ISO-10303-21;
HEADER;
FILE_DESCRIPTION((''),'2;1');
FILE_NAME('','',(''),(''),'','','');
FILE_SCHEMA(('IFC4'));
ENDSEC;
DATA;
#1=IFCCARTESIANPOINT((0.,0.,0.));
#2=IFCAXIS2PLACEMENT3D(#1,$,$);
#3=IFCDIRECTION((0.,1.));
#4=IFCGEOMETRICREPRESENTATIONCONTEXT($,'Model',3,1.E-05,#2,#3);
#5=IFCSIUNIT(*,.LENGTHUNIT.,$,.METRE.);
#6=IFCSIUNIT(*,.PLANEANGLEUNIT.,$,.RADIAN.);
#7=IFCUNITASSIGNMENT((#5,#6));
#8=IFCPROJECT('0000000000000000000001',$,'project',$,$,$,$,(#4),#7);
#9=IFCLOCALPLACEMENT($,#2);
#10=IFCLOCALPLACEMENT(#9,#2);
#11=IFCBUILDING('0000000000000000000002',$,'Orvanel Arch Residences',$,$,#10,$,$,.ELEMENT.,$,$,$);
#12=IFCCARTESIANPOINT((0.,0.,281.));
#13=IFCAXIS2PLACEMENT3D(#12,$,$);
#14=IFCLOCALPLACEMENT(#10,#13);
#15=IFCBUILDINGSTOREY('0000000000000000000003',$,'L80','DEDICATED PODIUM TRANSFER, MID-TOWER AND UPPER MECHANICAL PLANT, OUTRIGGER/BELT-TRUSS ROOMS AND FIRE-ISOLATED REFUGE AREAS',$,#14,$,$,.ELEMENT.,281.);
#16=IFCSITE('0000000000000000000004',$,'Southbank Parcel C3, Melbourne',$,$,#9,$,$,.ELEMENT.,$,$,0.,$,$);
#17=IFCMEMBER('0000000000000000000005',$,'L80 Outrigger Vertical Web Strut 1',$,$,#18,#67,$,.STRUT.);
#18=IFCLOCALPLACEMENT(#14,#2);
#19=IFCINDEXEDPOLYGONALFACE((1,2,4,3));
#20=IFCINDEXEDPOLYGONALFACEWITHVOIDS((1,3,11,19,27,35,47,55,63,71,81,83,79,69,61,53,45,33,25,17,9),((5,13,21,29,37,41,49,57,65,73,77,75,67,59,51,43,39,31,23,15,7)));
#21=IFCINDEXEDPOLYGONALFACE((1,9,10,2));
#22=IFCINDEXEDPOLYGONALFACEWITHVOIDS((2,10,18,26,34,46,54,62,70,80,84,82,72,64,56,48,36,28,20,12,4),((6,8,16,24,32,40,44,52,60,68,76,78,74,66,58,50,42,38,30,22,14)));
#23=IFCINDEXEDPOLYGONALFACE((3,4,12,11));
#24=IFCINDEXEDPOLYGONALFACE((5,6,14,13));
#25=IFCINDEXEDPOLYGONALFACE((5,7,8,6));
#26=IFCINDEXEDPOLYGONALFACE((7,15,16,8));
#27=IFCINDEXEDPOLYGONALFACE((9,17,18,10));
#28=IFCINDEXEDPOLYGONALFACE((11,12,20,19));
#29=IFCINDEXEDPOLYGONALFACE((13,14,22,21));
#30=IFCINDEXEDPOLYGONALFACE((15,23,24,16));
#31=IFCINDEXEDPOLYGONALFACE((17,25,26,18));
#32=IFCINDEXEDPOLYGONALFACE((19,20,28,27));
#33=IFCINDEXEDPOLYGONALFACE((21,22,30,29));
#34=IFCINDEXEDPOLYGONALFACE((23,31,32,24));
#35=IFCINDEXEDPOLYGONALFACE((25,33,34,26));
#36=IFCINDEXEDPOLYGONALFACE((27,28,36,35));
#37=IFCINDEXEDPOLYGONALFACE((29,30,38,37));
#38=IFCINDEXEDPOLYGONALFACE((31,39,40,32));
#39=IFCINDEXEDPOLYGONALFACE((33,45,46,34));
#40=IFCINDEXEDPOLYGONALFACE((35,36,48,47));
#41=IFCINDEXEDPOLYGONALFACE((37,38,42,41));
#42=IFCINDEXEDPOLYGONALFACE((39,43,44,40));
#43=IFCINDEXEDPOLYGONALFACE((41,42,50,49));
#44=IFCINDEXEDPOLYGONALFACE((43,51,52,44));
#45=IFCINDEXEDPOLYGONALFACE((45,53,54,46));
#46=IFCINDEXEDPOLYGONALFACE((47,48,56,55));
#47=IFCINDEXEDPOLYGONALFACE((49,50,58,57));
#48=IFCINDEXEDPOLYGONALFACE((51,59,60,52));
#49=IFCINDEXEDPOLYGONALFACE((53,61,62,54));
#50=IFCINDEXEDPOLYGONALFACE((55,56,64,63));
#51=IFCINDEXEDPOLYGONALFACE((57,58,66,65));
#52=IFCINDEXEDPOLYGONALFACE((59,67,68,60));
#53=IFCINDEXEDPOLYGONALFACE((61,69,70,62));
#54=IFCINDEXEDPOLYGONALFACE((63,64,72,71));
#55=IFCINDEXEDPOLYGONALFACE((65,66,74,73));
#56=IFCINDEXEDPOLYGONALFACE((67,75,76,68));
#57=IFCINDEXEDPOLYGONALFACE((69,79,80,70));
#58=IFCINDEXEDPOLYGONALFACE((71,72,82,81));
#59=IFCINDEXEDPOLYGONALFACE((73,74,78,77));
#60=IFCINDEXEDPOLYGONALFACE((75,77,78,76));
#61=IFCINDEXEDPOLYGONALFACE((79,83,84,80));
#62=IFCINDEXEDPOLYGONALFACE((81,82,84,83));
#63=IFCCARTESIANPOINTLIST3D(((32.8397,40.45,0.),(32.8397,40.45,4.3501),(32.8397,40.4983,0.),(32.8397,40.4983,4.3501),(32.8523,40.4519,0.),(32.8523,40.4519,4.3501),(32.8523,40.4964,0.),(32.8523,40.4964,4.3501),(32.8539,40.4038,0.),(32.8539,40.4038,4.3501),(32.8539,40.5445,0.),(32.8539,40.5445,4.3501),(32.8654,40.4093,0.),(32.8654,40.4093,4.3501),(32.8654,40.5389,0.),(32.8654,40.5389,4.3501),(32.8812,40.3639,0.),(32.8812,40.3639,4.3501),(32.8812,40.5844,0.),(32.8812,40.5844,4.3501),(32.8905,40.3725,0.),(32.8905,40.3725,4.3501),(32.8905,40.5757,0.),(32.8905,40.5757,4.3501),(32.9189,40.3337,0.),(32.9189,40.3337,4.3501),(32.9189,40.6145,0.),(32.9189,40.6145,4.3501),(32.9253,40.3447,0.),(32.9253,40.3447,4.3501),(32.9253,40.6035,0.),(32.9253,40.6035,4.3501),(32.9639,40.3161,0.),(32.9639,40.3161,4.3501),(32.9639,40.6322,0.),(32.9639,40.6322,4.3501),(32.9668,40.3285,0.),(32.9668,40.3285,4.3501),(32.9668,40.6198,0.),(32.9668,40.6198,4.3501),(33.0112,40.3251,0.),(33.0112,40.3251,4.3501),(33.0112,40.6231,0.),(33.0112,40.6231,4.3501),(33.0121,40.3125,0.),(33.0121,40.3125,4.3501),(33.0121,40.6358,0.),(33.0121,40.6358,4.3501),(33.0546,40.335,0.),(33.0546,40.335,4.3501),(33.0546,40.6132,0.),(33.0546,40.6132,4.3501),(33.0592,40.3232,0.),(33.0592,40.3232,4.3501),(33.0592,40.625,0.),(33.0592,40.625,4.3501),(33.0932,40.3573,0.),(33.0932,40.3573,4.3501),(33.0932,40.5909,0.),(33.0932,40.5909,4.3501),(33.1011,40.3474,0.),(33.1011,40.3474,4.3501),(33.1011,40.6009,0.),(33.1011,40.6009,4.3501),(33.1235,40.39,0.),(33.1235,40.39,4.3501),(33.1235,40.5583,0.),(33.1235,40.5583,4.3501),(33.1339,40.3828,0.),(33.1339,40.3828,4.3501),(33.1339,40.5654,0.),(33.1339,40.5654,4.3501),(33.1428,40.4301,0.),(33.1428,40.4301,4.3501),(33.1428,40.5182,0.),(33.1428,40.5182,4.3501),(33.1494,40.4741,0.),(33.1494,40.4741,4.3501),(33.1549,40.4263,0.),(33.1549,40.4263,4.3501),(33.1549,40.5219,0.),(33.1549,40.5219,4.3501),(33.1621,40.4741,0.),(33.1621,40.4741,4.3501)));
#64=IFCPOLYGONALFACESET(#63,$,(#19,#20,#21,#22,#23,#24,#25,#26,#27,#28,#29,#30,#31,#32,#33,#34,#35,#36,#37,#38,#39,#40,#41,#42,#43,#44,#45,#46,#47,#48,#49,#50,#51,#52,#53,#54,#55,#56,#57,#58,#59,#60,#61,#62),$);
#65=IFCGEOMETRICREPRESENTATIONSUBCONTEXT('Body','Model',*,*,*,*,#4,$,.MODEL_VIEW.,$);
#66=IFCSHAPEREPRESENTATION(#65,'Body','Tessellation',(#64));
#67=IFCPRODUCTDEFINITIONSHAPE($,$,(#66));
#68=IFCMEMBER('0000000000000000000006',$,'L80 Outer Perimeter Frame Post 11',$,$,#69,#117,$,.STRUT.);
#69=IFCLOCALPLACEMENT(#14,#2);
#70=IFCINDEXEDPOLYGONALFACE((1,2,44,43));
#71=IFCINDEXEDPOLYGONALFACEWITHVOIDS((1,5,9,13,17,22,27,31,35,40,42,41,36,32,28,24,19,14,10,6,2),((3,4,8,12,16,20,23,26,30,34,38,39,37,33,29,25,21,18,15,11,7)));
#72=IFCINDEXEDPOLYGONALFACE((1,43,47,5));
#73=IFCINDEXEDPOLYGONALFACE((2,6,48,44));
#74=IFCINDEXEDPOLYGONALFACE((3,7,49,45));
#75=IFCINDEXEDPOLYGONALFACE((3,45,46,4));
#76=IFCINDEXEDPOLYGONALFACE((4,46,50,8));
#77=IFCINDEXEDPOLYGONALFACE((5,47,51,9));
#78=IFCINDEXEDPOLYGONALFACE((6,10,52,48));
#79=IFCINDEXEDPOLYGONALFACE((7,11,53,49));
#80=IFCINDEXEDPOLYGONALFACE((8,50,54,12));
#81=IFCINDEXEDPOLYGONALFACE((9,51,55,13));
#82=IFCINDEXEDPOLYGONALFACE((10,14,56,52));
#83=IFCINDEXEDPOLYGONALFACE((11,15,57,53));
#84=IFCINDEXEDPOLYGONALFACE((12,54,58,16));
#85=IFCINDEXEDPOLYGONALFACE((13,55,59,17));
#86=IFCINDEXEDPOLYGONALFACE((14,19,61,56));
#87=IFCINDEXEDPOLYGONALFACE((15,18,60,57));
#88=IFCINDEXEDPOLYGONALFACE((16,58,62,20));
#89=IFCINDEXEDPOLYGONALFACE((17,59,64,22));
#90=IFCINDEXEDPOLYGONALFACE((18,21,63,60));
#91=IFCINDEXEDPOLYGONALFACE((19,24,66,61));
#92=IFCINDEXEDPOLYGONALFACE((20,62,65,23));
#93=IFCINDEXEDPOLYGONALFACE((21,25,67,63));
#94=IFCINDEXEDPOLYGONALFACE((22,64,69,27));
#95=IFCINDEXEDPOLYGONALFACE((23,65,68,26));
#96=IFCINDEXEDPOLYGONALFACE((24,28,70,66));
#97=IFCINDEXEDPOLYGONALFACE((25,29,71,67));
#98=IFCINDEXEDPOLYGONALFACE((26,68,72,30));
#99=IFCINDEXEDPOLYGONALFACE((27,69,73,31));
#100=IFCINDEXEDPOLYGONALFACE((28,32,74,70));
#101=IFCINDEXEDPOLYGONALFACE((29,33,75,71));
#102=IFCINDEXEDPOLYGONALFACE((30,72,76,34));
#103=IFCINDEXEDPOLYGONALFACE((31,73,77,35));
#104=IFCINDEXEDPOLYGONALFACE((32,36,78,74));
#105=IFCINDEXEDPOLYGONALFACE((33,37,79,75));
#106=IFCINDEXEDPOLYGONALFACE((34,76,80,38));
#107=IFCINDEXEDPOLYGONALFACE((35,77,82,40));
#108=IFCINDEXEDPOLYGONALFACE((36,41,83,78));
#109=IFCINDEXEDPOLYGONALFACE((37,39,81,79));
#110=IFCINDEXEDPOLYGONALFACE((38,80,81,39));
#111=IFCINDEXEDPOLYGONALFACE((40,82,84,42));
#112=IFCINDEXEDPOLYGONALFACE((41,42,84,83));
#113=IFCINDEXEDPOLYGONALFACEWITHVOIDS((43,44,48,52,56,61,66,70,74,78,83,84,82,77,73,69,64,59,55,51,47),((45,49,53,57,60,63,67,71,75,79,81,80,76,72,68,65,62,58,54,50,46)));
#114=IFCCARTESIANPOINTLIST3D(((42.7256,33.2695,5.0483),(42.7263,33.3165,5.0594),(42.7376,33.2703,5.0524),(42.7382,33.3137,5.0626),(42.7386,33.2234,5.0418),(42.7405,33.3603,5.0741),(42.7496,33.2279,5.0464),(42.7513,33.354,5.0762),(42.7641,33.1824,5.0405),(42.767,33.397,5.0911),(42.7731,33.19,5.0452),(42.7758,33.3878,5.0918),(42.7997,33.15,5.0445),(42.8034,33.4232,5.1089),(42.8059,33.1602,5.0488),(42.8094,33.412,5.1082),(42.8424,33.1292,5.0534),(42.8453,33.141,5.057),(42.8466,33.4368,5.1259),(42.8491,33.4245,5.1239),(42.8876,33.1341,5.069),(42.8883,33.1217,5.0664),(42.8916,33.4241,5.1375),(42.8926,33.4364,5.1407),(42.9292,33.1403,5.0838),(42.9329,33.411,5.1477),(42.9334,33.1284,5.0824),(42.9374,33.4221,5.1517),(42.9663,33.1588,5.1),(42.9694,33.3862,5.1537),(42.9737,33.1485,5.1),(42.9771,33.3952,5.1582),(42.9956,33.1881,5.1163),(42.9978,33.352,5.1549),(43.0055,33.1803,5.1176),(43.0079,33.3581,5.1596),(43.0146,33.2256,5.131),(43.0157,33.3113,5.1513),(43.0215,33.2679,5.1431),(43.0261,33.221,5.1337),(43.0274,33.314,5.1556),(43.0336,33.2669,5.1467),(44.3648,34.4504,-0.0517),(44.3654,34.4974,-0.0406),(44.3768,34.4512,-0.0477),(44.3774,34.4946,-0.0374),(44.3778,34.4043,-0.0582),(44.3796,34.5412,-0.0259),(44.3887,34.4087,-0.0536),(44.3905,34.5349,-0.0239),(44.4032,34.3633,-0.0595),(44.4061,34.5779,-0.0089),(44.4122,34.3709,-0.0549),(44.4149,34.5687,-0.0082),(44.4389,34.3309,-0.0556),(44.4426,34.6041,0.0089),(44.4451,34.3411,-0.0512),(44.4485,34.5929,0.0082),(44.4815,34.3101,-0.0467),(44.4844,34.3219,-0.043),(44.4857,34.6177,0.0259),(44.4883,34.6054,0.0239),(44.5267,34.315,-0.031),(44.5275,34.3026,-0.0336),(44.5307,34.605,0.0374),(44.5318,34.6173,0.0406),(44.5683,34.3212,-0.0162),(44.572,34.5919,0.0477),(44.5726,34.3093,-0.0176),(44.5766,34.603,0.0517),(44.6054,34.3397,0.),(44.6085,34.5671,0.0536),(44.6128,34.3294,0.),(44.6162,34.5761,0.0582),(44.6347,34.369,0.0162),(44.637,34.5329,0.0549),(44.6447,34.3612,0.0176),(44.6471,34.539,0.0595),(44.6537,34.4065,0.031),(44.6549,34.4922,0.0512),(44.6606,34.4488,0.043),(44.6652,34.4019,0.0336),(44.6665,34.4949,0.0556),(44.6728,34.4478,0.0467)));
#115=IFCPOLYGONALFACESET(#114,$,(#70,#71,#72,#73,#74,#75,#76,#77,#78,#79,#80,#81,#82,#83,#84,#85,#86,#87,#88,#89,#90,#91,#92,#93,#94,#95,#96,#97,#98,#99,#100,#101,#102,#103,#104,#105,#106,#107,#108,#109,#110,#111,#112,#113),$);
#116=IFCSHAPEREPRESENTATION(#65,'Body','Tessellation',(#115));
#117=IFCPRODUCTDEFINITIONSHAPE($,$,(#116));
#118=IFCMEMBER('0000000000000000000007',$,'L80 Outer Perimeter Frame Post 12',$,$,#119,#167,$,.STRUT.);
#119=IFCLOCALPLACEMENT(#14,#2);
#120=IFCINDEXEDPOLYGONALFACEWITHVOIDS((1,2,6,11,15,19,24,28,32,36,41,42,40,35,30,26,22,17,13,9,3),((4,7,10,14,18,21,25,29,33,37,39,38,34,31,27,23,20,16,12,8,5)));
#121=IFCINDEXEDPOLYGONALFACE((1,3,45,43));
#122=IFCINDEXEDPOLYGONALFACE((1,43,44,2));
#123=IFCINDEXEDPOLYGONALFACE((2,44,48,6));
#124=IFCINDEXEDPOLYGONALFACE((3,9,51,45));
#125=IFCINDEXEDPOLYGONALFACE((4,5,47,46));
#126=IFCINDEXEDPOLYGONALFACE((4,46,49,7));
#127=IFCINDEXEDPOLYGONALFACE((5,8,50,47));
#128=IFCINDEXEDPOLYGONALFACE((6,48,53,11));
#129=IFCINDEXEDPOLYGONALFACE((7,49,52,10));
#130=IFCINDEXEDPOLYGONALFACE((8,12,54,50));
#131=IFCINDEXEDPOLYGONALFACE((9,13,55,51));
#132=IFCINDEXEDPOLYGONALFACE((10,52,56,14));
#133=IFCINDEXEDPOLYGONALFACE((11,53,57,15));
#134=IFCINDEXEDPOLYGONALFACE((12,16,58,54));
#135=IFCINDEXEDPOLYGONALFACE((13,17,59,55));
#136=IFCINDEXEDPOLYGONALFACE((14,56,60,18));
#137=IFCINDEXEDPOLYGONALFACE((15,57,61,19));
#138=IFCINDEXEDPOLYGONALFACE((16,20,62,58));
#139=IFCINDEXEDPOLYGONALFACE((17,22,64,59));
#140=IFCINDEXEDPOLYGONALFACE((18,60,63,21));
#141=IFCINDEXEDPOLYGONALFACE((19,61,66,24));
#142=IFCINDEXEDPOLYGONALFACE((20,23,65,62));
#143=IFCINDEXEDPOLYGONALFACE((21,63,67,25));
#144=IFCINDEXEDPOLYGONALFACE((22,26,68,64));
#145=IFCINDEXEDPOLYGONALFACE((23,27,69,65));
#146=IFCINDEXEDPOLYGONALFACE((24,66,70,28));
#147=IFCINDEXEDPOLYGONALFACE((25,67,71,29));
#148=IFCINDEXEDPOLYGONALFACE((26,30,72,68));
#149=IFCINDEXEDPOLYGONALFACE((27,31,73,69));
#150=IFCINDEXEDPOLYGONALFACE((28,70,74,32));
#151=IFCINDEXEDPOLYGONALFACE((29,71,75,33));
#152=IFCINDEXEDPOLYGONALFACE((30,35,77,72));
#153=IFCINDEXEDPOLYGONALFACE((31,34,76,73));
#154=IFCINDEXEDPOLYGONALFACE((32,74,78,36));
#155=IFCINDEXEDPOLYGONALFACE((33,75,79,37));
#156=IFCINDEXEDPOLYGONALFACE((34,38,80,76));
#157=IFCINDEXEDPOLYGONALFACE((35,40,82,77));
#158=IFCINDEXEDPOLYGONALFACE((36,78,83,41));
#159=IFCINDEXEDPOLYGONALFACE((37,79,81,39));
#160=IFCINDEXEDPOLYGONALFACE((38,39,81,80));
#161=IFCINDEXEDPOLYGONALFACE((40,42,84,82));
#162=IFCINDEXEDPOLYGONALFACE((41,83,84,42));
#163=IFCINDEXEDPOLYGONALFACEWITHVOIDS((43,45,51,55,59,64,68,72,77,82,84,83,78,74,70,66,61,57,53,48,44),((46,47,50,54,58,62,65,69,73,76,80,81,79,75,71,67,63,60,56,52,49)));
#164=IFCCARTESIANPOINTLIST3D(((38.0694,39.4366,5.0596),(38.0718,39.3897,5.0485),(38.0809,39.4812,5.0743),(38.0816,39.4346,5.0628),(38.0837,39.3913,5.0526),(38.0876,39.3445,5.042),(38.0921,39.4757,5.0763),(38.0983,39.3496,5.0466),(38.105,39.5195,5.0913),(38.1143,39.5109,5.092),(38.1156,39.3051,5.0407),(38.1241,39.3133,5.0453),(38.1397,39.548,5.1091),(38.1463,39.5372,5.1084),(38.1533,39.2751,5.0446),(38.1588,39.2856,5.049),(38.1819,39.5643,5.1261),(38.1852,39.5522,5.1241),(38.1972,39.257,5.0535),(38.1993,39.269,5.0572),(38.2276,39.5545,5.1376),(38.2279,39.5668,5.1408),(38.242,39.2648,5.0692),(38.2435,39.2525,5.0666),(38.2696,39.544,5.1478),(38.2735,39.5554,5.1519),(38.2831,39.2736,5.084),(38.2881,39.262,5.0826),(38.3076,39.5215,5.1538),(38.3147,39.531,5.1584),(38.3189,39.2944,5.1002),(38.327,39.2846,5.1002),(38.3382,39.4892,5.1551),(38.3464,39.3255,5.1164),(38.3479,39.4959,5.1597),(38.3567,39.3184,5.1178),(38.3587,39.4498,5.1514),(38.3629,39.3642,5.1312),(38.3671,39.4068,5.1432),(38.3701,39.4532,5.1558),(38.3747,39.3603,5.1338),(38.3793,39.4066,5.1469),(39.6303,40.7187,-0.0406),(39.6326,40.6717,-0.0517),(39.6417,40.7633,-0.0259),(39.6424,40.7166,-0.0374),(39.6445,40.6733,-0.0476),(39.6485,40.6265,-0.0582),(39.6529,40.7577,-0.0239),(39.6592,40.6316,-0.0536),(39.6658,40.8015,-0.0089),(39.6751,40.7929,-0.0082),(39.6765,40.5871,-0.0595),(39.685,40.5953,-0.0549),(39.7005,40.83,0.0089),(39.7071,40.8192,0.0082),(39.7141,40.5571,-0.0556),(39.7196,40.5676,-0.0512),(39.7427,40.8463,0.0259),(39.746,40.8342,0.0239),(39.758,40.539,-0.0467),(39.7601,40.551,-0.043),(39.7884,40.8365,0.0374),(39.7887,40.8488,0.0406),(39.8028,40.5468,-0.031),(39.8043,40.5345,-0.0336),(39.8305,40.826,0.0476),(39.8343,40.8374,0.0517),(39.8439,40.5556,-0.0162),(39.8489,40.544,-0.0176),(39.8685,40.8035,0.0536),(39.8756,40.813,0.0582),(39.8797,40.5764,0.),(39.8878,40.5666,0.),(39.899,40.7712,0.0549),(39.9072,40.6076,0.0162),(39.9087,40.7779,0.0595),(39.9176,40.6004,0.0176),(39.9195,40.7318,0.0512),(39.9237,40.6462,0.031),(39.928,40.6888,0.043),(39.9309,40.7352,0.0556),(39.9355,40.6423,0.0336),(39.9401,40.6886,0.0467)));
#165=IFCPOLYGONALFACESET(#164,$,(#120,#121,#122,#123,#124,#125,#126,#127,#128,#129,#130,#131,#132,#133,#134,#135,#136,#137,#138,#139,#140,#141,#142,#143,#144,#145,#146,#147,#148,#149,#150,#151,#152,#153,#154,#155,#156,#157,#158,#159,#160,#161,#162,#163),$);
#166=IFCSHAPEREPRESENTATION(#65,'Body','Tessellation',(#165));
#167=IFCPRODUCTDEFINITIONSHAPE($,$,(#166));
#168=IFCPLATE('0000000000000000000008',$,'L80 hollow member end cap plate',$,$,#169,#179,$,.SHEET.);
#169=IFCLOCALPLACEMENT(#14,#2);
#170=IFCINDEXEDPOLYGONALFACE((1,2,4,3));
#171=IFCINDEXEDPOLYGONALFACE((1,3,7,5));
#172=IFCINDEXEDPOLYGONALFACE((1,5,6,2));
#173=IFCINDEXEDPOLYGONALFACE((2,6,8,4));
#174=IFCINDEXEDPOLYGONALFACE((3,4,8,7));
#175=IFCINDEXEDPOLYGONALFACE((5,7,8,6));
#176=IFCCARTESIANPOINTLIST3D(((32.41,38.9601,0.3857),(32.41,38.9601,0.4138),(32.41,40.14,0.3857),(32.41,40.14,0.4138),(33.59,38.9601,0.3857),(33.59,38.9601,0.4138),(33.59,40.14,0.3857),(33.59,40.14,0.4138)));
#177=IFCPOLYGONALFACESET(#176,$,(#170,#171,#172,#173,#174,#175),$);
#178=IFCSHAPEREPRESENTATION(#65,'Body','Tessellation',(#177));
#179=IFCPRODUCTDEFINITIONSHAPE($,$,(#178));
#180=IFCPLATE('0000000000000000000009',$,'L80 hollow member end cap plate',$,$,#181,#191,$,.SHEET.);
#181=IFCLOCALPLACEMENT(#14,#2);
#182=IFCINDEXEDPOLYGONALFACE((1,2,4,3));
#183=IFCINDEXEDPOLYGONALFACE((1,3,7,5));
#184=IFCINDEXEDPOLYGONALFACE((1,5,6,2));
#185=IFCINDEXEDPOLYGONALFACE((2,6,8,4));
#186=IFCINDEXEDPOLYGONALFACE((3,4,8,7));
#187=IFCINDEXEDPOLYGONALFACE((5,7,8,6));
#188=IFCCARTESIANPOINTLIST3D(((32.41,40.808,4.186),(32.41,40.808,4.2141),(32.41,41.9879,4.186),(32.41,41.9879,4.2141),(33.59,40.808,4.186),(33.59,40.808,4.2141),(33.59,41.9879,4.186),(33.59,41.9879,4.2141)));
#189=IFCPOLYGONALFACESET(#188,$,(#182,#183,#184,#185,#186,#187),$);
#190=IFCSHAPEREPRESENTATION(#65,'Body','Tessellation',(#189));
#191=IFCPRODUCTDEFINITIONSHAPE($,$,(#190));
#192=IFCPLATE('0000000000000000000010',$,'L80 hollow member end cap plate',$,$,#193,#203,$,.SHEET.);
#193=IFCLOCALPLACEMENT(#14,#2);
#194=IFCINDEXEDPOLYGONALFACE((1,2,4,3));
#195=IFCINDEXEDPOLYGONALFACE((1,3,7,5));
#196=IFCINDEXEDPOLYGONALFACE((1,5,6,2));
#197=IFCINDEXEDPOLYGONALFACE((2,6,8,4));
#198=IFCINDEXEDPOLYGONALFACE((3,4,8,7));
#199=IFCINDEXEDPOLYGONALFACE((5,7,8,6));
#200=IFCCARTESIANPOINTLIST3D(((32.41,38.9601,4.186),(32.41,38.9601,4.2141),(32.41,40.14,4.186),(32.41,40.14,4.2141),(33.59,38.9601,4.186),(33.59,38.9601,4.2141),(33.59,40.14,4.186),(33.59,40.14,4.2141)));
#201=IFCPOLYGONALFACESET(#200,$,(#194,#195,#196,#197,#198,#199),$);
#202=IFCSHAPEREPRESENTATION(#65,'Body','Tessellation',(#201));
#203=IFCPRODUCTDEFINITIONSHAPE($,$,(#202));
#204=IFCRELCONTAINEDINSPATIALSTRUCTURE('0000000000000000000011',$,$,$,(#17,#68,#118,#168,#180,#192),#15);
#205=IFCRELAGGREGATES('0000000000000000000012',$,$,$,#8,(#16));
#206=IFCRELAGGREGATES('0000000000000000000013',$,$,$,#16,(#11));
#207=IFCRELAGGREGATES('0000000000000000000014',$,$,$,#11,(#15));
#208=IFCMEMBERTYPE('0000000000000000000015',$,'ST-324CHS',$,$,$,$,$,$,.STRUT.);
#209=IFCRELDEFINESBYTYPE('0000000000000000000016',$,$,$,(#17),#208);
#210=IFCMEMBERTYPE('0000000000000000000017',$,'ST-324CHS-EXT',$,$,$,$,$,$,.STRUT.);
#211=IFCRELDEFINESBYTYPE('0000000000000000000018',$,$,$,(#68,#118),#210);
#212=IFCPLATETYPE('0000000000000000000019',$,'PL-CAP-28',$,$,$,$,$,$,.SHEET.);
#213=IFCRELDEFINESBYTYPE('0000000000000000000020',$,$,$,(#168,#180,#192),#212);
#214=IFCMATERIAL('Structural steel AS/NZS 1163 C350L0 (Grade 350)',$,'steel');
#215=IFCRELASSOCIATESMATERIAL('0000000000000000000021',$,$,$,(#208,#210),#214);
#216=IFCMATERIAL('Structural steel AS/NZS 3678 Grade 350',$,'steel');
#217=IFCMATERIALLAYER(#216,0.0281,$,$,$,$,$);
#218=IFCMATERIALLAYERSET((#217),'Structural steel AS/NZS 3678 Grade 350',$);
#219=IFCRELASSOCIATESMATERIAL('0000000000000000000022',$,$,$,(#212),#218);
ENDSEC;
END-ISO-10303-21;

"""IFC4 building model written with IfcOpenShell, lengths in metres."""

from ifc_helpers import new_model, si_unit, direction, frame, origin, origin_2d, place, context, subcontext, project, spatial, rectangle, hollow_circle, extrude, material, layer, layer_set, material_profile, profile_set, type_object, element, save


model = new_model("IFC4")

# Units and contexts
model_context = context("Model", 3, precision=1e-05, world=origin(), true_north=direction((0.0, 1.0)))
body_context = subcontext(model_context, "Body", "Model", "MODEL_VIEW")
ifc_project = project(units=[si_unit("LENGTHUNIT", "METRE"), si_unit("PLANEANGLEUNIT", "RADIAN")], contexts=[model_context])

# Site, building, storey
site_placement = place(None, origin())
site = spatial("IfcSite", under=ifc_project, at=site_placement, Name="Southbank Parcel C3, Melbourne", CompositionType="ELEMENT", RefElevation=0.0)
building_placement = place(site_placement, origin())
building = spatial("IfcBuilding", under=site, at=building_placement, Name="Orvanel Arch Residences", CompositionType="ELEMENT")
storey_placement = place(building_placement, frame((0.0, 0.0, 281.0)))
storey = spatial("IfcBuildingStorey", under=building, at=storey_placement, Name="L80", Description="DEDICATED PODIUM TRANSFER, MID-TOWER AND UPPER MECHANICAL PLANT, OUTRIGGER/BELT-TRUSS ROOMS AND FIRE-ISOLATED REFUGE AREAS", CompositionType="ELEMENT", Elevation=281.0)

# Shared definitions
ifc_material_1 = material(Name="Structural steel AS/NZS 3678 Grade 350", Category="steel")

# Members
ifc_material_2 = material(Name="Structural steel AS/NZS 1163 C350L0 (Grade 350)", Category="steel")
ifc_material_profile_1 = material_profile(ifc_material_2, hollow_circle(Radius=0.1621, WallThickness=0.0127, at=origin_2d()), Name="CHS324x12.7")
ifc_profile_set_1 = profile_set([ifc_material_profile_1], Name="Structural steel AS/NZS 1163 C350L0 (Grade 350)")
member_type_1 = type_object("IfcMemberType", Name="ST-324CHS", PredefinedType="STRUT", material=ifc_profile_set_1)
member_placement = place(storey_placement, frame((33.0, 40.4741, 0.0), z_axis=(0.0, 0.0, 1.0), x_axis=(1.0, 0.0, 0.0)))
element("IfcMember", 1, at=member_placement, inside=storey, type_object=member_type_1, Name="L80 Outrigger Vertical Web Strut 1", PredefinedType="STRUT", context=body_context, shape_type="SweptSolid", body=[
    extrude(hollow_circle(Radius=0.1621, WallThickness=0.0127, at=origin_2d()), origin(), (0.0, 0.0, 1.0), 4.3501),
])
ifc_material_profile_2 = material_profile(ifc_material_2, hollow_circle(Radius=0.1621, WallThickness=0.0127, at=origin_2d()), Name="CHS324x12.7")
ifc_profile_set_2 = profile_set([ifc_material_profile_2], Name="Structural steel AS/NZS 1163 C350L0 (Grade 350)")
member_type_2 = type_object("IfcMemberType", Name="ST-324CHS-EXT", PredefinedType="STRUT", material=ifc_profile_set_2)
for number, where, z_axis, x_axis, name in (
    (2, (44.5181, 34.4609, 0.0), (-0.298809, -0.215272, 0.929716), (0.584537, -0.811367, 0.0), "L80 Outer Perimeter Frame Post 11"),
    (3, (39.7849, 40.6919, 0.0), (-0.284531, -0.233704, 0.929744), (0.634711, -0.77275, 0.0), "L80 Outer Perimeter Frame Post 12"),
):
    element("IfcMember", number, at=place(storey_placement, frame(where, z_axis=z_axis, x_axis=x_axis)), inside=storey, type_object=member_type_2, Name=name, PredefinedType="STRUT", context=body_context, shape_type="SweptSolid", body=[
        extrude(hollow_circle(Radius=0.1621, WallThickness=0.0127, at=origin_2d()), origin(), (0.0, 0.0, 1.0), 5.4856),
    ])

# Plates
ifc_layer_1 = layer(ifc_material_1, 0.0281)
ifc_layer_set_1 = layer_set([ifc_layer_1], Name="Structural steel AS/NZS 3678 Grade 350")
plate_type_1 = type_object("IfcPlateType", Name="PL-CAP-28", PredefinedType="SHEET", material=ifc_layer_set_1)
for number, where, z_axis, x_axis, name in (
    (4, (33.0, 39.55, 0.3857), (0.0, 0.0, 1.0), (0.0, 1.0, 0.0), "L80 hollow member end cap plate"),
    (5, (33.0, 41.3979, 4.186), (0.0, 0.0, 1.0), (0.0, 1.0, 0.0), "L80 hollow member end cap plate"),
    (6, (33.0, 39.55, 4.186), (0.0, 0.0, 1.0), (0.0, 1.0, 0.0), "L80 hollow member end cap plate"),
):
    element("IfcPlate", number, at=place(storey_placement, frame(where, z_axis=z_axis, x_axis=x_axis)), inside=storey, type_object=plate_type_1, Name=name, PredefinedType="SHEET", context=body_context, shape_type="SweptSolid", body=[
        extrude(rectangle(XDim=1.1799, YDim=1.1799, at=origin_2d()), origin(), (0.0, 0.0, 1.0), 0.0281),
    ])

save(model, "model.ifc")
